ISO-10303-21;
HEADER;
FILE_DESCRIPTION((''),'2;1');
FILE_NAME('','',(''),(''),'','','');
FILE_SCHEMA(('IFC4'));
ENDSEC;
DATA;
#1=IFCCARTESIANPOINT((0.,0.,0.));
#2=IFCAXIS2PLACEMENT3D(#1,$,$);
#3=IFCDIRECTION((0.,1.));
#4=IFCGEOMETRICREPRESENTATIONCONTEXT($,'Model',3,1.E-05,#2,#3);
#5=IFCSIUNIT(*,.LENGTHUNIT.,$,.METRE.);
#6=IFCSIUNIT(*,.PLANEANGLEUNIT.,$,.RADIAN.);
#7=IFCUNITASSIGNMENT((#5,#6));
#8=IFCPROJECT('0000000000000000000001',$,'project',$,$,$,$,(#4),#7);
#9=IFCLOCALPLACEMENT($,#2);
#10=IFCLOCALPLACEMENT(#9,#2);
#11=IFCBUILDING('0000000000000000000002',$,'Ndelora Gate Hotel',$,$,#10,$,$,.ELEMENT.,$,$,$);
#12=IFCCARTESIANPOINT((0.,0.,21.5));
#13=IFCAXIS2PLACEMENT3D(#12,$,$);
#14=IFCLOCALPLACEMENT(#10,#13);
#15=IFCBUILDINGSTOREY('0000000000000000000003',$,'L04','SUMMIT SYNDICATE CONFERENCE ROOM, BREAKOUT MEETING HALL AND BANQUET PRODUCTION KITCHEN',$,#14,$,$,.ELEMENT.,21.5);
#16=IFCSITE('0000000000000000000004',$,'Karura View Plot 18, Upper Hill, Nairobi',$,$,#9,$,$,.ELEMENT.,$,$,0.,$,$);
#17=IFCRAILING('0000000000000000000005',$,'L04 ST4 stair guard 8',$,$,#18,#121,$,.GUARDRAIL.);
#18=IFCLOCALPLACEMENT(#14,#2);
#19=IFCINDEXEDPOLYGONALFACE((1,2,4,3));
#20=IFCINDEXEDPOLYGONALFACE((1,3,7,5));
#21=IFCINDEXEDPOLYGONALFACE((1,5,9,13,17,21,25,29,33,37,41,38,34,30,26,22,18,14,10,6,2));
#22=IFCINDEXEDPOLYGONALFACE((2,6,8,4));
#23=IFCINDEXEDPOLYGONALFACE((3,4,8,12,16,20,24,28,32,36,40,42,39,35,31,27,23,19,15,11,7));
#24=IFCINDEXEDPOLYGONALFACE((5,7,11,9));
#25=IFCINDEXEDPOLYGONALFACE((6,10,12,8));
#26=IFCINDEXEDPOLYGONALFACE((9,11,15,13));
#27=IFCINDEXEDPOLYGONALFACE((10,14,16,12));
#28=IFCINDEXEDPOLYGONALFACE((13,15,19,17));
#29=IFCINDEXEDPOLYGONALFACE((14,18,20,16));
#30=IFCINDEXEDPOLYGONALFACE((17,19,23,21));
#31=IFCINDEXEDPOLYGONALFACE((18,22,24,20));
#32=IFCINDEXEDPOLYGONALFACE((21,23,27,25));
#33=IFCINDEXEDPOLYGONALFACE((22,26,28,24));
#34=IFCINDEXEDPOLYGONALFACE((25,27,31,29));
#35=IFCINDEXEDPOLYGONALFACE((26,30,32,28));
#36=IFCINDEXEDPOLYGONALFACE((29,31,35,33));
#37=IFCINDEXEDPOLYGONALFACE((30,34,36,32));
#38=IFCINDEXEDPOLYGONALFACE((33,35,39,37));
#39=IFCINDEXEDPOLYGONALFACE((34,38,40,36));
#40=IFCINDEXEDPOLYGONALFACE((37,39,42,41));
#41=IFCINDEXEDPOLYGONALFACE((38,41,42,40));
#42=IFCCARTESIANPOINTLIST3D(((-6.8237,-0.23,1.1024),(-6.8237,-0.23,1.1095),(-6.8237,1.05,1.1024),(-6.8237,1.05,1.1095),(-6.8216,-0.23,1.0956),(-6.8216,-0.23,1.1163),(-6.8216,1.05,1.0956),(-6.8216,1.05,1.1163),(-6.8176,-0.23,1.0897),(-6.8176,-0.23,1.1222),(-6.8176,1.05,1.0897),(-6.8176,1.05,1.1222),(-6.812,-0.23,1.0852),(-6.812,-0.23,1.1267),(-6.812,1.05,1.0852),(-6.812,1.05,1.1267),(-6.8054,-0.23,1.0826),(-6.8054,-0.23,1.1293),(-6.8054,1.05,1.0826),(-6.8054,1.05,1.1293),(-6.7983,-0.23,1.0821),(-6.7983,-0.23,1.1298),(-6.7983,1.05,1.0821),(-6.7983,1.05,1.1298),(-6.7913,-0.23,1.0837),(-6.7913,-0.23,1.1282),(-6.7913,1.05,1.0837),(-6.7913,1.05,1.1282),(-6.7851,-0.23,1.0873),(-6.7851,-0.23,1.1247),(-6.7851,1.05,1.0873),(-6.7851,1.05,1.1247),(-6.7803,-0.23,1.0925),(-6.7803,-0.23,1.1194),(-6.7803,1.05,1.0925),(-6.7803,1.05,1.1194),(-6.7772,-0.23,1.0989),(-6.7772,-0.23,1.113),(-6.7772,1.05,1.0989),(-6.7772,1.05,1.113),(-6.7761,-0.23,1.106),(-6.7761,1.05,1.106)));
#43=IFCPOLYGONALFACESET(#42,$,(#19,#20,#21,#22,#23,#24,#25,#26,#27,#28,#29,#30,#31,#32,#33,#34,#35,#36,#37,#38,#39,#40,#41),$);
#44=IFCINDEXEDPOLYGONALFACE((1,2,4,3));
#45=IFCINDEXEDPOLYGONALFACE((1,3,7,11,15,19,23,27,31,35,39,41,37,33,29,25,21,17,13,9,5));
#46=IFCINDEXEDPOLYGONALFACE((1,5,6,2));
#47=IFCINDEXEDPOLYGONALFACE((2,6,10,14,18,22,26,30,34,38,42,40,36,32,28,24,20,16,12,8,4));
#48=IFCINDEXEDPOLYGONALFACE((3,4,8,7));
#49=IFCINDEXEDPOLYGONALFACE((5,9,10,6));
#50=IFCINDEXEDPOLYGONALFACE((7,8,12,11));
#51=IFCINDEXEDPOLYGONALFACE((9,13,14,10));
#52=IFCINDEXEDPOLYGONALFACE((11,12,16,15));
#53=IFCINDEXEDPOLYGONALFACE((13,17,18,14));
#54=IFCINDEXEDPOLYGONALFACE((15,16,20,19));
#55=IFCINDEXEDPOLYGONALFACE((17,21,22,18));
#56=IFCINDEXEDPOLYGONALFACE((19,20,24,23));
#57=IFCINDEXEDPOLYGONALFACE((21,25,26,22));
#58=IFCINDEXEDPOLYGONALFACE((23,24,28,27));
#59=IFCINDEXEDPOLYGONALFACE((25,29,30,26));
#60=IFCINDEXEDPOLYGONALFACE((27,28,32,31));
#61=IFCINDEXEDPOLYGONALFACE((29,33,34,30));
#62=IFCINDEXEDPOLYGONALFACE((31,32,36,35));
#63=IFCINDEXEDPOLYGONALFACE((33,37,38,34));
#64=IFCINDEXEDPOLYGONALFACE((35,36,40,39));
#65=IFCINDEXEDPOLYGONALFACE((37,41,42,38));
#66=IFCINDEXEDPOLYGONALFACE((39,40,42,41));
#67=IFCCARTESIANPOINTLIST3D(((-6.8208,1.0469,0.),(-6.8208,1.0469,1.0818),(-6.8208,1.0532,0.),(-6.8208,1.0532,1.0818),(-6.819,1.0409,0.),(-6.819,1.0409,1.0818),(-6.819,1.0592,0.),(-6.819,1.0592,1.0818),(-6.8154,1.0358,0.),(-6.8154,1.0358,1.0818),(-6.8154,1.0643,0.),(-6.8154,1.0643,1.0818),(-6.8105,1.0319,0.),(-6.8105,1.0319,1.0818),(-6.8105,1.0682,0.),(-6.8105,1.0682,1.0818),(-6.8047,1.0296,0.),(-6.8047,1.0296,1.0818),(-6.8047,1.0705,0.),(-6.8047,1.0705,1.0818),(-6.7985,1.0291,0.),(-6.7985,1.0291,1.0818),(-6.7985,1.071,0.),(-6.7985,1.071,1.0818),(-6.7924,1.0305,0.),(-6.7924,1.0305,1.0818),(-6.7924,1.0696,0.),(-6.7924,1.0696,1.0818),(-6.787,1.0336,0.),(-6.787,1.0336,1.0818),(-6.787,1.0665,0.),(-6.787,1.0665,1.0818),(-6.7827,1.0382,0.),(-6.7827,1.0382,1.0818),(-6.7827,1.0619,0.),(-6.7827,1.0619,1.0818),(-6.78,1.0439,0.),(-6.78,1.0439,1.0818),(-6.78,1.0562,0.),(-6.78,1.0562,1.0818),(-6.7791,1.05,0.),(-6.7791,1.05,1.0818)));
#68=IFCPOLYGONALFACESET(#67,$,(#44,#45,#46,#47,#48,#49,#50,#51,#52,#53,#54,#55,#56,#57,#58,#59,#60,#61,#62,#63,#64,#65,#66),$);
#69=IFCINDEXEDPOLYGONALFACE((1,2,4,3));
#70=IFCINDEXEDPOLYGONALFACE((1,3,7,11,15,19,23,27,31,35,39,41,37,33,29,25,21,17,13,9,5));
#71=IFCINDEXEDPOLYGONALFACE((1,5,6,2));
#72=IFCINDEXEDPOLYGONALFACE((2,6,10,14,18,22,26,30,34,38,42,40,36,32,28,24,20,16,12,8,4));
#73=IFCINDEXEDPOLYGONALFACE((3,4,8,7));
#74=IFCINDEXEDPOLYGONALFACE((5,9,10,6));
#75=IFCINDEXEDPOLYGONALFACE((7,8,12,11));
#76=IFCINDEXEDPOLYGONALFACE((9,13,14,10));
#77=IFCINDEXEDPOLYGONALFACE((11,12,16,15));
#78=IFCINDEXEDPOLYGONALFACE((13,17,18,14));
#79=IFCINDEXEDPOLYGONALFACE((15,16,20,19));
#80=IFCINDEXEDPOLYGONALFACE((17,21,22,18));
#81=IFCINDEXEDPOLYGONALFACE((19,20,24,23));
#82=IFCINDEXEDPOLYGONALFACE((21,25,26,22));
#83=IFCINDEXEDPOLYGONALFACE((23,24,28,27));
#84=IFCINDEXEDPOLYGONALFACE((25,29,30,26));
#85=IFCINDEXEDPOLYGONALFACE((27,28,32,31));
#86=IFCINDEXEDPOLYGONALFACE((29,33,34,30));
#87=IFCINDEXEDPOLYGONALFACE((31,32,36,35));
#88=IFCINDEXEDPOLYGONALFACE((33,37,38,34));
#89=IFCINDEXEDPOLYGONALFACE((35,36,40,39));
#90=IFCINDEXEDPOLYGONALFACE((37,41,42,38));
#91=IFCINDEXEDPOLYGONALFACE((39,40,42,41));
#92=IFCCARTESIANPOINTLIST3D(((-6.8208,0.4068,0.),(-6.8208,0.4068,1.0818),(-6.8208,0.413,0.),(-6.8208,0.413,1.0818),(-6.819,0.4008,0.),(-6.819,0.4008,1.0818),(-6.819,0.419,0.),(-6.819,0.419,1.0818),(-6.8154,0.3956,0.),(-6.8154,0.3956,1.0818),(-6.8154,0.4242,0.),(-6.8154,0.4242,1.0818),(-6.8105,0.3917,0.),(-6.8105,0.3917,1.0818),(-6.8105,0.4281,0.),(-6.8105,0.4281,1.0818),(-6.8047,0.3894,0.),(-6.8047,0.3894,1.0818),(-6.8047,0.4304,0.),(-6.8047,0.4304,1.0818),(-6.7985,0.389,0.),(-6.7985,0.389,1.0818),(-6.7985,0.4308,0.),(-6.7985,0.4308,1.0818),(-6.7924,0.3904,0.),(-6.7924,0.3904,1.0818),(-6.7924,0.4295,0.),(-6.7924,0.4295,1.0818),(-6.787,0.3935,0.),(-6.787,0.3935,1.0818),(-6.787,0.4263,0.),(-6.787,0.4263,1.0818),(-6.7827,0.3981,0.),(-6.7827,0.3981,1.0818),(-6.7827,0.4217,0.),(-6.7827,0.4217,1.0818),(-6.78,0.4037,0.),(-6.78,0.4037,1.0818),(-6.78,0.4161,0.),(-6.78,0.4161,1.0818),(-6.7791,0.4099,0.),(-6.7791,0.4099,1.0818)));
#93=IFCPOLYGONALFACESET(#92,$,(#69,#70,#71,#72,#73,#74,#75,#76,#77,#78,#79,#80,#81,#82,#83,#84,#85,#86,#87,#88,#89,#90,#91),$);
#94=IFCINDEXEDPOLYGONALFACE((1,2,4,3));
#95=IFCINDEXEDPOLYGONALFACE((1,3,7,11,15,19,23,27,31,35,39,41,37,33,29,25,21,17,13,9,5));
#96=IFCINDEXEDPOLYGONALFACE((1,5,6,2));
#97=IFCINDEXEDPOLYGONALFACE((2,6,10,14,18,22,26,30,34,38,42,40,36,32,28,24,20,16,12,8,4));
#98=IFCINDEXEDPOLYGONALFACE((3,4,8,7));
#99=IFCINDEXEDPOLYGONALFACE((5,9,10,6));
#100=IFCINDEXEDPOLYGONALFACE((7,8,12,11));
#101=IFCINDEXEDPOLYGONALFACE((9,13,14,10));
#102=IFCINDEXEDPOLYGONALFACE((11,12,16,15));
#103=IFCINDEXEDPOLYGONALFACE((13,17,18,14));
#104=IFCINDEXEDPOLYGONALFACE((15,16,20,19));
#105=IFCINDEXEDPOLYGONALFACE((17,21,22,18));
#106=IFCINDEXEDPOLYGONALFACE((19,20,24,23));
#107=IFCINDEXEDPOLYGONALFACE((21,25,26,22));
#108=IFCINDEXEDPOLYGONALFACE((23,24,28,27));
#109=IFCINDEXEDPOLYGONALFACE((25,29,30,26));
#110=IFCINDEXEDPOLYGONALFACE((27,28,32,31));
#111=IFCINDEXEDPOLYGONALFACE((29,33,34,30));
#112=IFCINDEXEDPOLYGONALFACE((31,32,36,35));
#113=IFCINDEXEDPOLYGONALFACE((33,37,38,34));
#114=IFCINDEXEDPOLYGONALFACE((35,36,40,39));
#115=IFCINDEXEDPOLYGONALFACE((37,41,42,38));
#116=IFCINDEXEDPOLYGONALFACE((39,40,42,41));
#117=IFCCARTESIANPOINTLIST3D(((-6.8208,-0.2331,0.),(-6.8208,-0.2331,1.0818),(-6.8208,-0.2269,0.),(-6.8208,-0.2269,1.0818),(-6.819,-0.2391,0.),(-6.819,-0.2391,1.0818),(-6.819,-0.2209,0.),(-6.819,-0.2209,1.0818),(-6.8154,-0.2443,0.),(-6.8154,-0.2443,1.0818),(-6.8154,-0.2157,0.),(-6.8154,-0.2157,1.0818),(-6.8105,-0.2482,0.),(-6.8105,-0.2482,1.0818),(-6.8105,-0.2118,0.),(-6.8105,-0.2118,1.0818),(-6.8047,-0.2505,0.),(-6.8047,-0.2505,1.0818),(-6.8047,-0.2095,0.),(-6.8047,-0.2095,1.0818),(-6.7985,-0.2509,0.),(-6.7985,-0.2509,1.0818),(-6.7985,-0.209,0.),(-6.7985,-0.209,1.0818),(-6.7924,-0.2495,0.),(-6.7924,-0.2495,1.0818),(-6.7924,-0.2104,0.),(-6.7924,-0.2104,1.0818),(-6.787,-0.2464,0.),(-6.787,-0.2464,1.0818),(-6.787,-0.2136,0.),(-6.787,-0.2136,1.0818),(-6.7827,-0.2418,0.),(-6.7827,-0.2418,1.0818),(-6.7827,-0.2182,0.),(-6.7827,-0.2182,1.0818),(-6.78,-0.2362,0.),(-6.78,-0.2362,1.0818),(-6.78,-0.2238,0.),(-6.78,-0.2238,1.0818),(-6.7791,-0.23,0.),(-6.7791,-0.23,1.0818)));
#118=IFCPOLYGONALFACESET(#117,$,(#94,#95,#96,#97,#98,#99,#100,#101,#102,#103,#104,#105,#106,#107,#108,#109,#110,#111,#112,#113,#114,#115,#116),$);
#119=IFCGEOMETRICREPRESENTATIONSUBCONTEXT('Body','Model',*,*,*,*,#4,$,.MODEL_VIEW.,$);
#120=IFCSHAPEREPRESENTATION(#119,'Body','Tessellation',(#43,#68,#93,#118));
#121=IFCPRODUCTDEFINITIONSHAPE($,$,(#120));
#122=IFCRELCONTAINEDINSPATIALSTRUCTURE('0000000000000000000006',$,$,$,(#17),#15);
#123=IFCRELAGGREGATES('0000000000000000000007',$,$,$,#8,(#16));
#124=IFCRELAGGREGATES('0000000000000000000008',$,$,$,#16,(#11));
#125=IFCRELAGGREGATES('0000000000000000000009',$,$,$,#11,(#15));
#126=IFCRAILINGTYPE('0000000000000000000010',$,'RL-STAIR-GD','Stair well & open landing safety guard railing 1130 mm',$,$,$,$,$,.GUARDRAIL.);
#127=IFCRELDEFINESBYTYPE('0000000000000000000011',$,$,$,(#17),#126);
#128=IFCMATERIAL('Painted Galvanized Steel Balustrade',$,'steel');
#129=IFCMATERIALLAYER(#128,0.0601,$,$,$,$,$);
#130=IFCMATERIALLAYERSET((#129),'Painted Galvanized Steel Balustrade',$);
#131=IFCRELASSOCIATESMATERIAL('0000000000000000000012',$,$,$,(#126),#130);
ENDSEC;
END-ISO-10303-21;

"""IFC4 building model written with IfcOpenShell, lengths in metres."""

from ifc_helpers import new_model, si_unit, direction, frame, origin, origin_2d, place, context, subcontext, project, spatial, circle, extrude, material, layer, layer_set, type_object, element, save


model = new_model("IFC4")

# Units and contexts
model_context = context("Model", 3, precision=1e-05, world=origin(), true_north=direction((0.0, 1.0)))
body_context = subcontext(model_context, "Body", "Model", "MODEL_VIEW")
ifc_project = project(units=[si_unit("LENGTHUNIT", "METRE"), si_unit("PLANEANGLEUNIT", "RADIAN")], contexts=[model_context])

# Site, building, storey
site_placement = place(None, origin())
site = spatial("IfcSite", under=ifc_project, at=site_placement, Name="Karura View Plot 18, Upper Hill, Nairobi", CompositionType="ELEMENT", RefElevation=0.0)
building_placement = place(site_placement, origin())
building = spatial("IfcBuilding", under=site, at=building_placement, Name="Ndelora Gate Hotel", CompositionType="ELEMENT")
storey_placement = place(building_placement, frame((0.0, 0.0, 21.5)))
storey = spatial("IfcBuildingStorey", under=building, at=storey_placement, Name="L04", Description="SUMMIT SYNDICATE CONFERENCE ROOM, BREAKOUT MEETING HALL AND BANQUET PRODUCTION KITCHEN", CompositionType="ELEMENT", Elevation=21.5)

# Railing
ifc_material_1 = material(Name="Painted Galvanized Steel Balustrade", Category="steel")
ifc_layer_1 = layer(ifc_material_1, 0.0601)
ifc_layer_set_1 = layer_set([ifc_layer_1], Name="Painted Galvanized Steel Balustrade")
railing_type_1 = type_object("IfcRailingType", Name="RL-STAIR-GD", Description="Stair well & open landing safety guard railing 1130 mm", PredefinedType="GUARDRAIL", material=ifc_layer_set_1)
railing_1_placement = place(storey_placement, frame((-6.8, 1.05, 0.0)))
element("IfcRailing", 1, at=railing_1_placement, inside=storey, type_object=railing_type_1, Name="L04 ST4 stair guard 8", PredefinedType="GUARDRAIL", context=body_context, shape_type="SweptSolid", body=[
    extrude(circle(Radius=0.0239, at=origin_2d()), frame((0.0, 0.0, 1.106), z_axis=(0.0, -1.0, 0.0), x_axis=(1.0, 0.0, 0.0)), (0.0, 0.0, 1.0), 1.28),
    extrude(circle(Radius=0.021, at=origin_2d()), origin(), (0.0, 0.0, 1.0), 1.0818),
    extrude(circle(Radius=0.021, at=origin_2d()), frame((0.0, -0.6401, 0.0)), (0.0, 0.0, 1.0), 1.0818),
    extrude(circle(Radius=0.021, at=origin_2d()), frame((0.0, -1.28, 0.0)), (0.0, 0.0, 1.0), 1.0818),
])

save(model, "model.ifc")
